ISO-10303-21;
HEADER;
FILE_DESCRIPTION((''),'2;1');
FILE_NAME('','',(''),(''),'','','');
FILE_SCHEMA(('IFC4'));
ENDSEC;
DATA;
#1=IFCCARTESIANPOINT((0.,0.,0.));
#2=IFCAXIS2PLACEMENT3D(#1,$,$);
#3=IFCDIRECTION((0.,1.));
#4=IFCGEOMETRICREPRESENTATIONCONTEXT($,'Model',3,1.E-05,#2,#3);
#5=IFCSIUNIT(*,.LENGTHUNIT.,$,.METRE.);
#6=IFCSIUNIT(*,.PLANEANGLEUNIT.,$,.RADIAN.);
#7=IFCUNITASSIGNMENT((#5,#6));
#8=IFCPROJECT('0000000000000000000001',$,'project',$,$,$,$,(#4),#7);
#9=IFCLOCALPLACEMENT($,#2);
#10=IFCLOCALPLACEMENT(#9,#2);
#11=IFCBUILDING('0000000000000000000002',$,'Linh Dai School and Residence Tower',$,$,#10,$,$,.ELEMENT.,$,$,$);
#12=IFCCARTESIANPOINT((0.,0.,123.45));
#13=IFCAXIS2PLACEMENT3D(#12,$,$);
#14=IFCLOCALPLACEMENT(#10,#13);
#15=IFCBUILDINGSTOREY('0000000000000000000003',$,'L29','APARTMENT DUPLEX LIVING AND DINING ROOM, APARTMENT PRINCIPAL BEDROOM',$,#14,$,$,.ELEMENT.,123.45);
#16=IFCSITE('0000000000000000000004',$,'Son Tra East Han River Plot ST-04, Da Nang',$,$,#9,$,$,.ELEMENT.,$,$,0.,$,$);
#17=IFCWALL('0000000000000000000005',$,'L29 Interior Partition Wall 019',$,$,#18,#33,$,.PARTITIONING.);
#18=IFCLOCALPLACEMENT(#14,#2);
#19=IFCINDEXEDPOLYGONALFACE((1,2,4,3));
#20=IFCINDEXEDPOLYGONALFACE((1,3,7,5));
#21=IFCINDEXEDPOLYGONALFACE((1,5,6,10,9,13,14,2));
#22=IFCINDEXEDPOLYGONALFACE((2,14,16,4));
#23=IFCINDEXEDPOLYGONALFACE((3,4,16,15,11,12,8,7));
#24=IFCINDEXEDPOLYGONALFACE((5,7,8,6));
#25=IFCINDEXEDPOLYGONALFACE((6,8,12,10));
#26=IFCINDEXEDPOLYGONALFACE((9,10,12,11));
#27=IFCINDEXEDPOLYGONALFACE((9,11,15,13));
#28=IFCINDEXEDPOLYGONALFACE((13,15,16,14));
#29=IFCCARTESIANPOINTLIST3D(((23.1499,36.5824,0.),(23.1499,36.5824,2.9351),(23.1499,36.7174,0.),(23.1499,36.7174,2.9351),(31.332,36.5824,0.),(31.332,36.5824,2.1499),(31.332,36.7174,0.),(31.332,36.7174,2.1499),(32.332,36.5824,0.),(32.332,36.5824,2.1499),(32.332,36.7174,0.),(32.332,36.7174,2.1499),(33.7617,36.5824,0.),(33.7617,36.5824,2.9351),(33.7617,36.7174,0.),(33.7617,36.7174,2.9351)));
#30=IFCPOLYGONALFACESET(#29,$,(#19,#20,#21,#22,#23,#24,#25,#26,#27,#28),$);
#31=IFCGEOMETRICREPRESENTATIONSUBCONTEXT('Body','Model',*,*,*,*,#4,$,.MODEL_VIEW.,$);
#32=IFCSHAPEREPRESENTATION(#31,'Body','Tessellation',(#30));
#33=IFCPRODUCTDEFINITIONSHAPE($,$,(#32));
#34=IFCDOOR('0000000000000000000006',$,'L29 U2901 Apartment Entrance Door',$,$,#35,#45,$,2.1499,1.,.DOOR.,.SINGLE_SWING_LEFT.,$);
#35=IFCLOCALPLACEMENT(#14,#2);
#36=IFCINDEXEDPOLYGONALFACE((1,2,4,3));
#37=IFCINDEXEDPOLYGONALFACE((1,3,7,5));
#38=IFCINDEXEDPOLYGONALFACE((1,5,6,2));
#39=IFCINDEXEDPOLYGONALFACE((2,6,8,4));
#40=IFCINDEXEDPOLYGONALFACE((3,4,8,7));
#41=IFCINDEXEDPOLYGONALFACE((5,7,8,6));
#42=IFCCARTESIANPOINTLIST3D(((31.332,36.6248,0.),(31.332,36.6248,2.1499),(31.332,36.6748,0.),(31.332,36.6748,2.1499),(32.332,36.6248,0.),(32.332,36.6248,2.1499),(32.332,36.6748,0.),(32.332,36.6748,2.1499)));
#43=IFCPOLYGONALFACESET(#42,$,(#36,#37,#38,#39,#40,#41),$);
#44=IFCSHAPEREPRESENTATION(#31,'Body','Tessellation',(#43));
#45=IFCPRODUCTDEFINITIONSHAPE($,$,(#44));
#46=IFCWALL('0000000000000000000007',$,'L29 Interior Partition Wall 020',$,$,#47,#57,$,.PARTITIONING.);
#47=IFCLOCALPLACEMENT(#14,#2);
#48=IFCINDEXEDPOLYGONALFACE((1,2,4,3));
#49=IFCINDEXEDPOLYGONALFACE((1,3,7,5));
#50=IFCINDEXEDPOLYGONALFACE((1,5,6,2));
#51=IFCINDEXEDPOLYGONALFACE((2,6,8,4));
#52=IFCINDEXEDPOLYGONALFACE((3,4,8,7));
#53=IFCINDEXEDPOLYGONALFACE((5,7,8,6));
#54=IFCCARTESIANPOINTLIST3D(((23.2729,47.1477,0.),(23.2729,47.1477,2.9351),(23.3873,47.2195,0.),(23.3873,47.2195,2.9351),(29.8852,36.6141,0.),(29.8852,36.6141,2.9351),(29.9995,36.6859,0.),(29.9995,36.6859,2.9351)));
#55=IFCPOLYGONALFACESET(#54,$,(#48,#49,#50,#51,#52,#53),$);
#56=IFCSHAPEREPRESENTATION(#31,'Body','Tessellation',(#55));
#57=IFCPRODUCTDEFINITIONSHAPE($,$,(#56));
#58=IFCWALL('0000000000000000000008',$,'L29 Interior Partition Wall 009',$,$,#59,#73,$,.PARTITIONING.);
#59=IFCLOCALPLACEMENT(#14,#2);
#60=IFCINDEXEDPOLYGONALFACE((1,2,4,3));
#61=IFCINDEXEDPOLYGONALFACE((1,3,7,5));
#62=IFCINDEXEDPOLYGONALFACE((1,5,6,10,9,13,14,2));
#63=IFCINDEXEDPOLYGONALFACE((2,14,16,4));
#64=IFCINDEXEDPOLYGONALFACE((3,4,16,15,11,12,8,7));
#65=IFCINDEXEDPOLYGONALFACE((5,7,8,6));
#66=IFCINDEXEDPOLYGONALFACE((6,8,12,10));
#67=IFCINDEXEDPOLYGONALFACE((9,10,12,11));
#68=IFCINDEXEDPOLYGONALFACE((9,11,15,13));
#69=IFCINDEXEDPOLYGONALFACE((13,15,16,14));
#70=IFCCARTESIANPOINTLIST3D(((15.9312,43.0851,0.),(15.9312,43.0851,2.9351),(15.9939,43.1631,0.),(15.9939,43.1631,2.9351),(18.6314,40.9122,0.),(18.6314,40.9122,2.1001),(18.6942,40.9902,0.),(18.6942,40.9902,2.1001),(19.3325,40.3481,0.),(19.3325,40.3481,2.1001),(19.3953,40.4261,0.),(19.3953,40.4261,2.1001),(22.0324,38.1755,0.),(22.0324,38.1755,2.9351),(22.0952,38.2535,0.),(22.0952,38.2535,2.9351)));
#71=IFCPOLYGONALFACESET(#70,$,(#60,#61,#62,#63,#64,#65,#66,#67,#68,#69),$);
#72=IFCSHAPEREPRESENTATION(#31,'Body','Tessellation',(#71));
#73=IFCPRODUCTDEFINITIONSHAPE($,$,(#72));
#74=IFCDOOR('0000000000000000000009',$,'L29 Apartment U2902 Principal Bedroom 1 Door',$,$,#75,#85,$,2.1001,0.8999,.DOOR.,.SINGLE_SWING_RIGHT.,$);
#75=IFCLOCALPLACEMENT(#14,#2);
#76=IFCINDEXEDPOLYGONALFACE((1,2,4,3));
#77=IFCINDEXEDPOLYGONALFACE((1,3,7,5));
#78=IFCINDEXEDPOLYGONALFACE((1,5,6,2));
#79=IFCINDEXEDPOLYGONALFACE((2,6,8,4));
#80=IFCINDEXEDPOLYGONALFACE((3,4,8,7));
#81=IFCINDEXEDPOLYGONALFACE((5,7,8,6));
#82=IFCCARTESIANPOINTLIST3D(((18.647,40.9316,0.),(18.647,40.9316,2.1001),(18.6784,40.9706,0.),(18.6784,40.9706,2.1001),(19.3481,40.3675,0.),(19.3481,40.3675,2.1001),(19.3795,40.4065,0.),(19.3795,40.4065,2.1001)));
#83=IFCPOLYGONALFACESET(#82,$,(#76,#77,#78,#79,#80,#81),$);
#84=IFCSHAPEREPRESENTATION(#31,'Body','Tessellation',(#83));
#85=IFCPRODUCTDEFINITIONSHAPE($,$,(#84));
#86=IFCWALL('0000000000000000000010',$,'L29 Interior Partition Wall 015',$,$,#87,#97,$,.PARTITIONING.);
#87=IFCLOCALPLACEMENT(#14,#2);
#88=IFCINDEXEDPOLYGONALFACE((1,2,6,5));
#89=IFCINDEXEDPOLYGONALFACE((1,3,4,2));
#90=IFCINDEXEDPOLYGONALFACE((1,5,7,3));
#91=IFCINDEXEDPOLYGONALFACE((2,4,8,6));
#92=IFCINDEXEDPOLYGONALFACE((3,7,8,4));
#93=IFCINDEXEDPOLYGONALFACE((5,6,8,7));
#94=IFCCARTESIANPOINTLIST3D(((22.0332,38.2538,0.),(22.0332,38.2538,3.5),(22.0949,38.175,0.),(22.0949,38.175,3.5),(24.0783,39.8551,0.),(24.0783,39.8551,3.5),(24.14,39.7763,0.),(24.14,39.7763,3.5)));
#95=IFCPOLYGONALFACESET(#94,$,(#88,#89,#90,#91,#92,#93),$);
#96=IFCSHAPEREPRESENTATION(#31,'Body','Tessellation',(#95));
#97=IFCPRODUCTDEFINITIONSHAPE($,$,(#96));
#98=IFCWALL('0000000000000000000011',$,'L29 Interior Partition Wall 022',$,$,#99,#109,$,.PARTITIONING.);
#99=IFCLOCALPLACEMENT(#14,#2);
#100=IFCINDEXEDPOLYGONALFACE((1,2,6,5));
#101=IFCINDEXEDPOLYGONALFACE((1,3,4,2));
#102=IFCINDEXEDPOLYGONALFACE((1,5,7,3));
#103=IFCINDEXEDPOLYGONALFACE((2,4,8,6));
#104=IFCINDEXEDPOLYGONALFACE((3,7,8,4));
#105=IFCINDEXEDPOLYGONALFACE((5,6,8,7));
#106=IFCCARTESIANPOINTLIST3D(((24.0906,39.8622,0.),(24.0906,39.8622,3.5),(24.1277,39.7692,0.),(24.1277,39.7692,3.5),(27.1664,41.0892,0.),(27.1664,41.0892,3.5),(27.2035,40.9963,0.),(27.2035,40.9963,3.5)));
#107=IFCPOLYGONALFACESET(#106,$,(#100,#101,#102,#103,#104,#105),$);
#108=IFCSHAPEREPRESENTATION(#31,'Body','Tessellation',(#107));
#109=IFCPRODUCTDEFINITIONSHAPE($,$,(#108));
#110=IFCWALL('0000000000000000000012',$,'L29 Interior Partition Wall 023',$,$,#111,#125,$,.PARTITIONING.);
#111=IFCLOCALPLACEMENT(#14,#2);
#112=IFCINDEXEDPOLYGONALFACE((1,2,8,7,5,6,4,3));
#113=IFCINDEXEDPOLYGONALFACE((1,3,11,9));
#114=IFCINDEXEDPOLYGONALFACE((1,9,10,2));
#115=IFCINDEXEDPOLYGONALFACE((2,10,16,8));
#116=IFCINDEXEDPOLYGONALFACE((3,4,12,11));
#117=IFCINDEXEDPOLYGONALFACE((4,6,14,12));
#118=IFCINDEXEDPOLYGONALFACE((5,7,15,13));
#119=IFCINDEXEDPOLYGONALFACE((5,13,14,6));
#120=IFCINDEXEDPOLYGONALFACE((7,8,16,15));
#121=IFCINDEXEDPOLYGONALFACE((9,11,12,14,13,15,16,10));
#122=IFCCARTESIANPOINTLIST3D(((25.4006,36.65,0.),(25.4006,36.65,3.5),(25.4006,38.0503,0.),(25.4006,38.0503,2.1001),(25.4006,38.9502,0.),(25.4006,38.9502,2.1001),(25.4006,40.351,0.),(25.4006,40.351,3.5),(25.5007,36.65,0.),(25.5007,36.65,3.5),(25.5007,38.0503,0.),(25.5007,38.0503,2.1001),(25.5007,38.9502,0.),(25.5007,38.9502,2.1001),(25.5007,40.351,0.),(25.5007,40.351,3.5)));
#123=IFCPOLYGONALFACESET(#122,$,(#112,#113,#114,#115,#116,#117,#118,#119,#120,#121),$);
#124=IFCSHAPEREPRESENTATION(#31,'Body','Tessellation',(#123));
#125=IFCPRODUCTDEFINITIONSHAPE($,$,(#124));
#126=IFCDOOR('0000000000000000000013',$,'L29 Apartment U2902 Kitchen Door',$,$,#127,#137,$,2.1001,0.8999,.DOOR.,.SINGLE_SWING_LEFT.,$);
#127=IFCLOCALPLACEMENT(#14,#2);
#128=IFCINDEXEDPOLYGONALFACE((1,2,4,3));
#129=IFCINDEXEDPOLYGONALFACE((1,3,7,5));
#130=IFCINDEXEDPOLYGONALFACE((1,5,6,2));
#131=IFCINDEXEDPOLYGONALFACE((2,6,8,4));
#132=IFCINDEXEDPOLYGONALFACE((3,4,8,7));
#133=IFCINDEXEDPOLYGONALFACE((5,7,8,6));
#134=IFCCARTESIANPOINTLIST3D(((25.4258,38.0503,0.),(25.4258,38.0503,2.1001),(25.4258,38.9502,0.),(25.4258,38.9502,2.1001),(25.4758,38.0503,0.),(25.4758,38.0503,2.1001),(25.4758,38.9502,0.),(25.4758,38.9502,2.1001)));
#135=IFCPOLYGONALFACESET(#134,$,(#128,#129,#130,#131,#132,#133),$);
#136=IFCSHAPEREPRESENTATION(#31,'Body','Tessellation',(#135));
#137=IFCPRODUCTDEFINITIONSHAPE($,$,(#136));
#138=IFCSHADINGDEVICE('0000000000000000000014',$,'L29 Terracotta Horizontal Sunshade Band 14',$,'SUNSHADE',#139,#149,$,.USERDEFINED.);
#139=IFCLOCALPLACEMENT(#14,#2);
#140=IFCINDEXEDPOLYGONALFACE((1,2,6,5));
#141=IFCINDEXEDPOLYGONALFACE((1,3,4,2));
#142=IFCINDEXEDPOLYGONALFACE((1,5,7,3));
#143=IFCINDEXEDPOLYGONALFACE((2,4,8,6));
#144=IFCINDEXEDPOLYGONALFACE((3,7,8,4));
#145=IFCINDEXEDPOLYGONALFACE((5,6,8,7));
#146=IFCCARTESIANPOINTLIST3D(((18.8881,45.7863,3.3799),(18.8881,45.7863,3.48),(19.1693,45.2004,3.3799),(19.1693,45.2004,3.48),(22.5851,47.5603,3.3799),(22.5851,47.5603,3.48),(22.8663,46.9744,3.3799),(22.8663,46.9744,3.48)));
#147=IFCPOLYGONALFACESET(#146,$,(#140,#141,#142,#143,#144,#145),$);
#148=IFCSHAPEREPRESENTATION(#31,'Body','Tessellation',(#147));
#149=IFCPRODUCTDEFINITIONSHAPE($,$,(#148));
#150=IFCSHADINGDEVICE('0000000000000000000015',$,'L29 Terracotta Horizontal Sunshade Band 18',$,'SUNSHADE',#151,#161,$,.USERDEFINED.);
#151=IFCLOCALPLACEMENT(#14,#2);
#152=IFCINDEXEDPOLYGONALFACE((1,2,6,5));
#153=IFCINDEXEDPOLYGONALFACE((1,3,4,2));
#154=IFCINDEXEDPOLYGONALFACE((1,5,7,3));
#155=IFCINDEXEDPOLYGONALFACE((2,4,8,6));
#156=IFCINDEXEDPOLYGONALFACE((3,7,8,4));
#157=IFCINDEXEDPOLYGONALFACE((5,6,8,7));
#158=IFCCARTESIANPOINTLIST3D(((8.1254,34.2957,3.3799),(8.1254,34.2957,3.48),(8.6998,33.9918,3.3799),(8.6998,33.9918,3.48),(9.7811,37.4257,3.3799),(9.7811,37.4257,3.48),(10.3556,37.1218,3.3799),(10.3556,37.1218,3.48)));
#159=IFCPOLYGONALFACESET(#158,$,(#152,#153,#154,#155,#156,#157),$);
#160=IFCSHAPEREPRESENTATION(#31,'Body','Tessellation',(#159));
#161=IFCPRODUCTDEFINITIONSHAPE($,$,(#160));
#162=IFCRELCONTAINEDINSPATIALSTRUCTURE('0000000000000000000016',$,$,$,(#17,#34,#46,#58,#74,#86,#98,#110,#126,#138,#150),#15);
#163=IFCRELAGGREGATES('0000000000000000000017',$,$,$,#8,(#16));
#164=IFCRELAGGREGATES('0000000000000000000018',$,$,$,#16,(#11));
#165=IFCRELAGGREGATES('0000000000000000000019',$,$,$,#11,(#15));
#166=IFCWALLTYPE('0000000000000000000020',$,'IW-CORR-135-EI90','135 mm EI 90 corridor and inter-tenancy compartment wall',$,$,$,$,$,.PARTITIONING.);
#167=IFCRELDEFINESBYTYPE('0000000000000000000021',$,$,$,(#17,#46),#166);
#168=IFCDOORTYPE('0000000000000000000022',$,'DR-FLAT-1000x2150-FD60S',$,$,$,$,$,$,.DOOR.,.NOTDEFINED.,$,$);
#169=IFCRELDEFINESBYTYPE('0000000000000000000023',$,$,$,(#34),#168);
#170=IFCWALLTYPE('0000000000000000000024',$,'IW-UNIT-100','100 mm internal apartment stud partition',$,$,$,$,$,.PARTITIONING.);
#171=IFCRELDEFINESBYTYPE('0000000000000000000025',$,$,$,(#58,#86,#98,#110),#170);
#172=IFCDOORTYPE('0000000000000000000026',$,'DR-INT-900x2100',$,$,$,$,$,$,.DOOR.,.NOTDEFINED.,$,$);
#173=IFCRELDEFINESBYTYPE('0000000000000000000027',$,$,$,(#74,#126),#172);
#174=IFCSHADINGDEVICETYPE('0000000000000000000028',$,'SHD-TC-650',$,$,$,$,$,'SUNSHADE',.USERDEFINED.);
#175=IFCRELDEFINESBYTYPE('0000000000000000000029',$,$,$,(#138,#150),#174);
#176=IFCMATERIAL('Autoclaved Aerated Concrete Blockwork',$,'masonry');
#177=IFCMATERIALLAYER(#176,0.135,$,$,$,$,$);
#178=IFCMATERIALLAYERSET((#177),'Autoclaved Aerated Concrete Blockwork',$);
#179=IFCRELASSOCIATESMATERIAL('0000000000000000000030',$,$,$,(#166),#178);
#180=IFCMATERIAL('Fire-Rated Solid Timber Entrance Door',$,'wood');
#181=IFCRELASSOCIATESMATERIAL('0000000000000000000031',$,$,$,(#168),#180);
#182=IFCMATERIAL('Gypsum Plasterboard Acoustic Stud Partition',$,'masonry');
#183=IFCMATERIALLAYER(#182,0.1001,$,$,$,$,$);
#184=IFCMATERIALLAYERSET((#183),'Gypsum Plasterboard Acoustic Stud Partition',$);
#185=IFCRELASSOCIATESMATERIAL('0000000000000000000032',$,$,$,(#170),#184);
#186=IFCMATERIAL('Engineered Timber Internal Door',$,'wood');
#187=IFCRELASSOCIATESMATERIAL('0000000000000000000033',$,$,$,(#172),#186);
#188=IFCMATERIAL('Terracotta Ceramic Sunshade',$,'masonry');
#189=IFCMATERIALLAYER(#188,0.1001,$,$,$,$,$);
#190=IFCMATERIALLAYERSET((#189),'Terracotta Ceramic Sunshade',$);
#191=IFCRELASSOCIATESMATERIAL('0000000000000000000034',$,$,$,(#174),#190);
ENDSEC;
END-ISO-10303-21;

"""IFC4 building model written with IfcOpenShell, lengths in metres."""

from ifc_helpers import new_model, si_unit, direction, frame, frame_2d, origin, origin_2d, place, context, subcontext, project, spatial, rectangle, extrude, source, transform, mapped, material, layer, layer_set, type_object, element, fill, save


model = new_model("IFC4")

# Units and contexts
model_context = context("Model", 3, precision=1e-05, world=origin(), true_north=direction((0.0, 1.0)))
body_context = subcontext(model_context, "Body", "Model", "MODEL_VIEW")
ifc_project = project(units=[si_unit("LENGTHUNIT", "METRE"), si_unit("PLANEANGLEUNIT", "RADIAN")], contexts=[model_context])

# Site, building, storey
site_placement = place(None, origin())
site = spatial("IfcSite", under=ifc_project, at=site_placement, Name="Son Tra East Han River Plot ST-04, Da Nang", CompositionType="ELEMENT", RefElevation=0.0)
building_placement = place(site_placement, origin())
building = spatial("IfcBuilding", under=site, at=building_placement, Name="Linh Dai School and Residence Tower", CompositionType="ELEMENT")
storey_placement = place(building_placement, frame((0.0, 0.0, 123.45)))
storey = spatial("IfcBuildingStorey", under=building, at=storey_placement, Name="L29", Description="APARTMENT DUPLEX LIVING AND DINING ROOM, APARTMENT PRINCIPAL BEDROOM", CompositionType="ELEMENT", Elevation=123.45)

# Shared definitions
ifc_material_1 = material(Name="Autoclaved Aerated Concrete Blockwork", Category="masonry")
ifc_layer_1 = layer(ifc_material_1, 0.135)
ifc_layer_set_1 = layer_set([ifc_layer_1], Name="Autoclaved Aerated Concrete Blockwork")
wall_type_1 = type_object("IfcWallType", Name="IW-CORR-135-EI90", Description="135 mm EI 90 corridor and inter-tenancy compartment wall", PredefinedType="PARTITIONING", material=ifc_layer_set_1)

# Wall, opening, door
wall_1_placement = place(storey_placement, frame((23.1499, 36.6499, 0.0), z_axis=(0.0, 0.0, 1.0), x_axis=(1.0, 0.0, 0.0)))
wall_1 = element("IfcWall", 1, at=wall_1_placement, inside=storey, type_object=wall_type_1, Name="L29 Interior Partition Wall 019", PredefinedType="PARTITIONING", context=body_context, shape_type="SweptSolid", body=[
    extrude(rectangle(XDim=10.6118, YDim=0.135, at=frame_2d((5.3059, 0.0))), origin(), (0.0, 0.0, 1.0), 2.9351),
])
opening_1_placement = place(wall_1_placement, frame((8.1821, 0.0, 0.0)))
opening_1 = element("IfcOpeningElement", 2, at=opening_1_placement, cuts=wall_1, PredefinedType="OPENING", context=body_context, shape_type="SweptSolid", body=[
    extrude(rectangle(XDim=1.0, YDim=2.1499, at=origin_2d()), frame((0.5, 0.0776, 1.075), z_axis=(0.0, -1.0, 0.0), x_axis=(1.0, 0.0, 0.0)), (0.0, 0.0, 1.0), 0.155),
])
ifc_material_2 = material(Name="Fire-Rated Solid Timber Entrance Door", Category="wood")
door_type_1 = type_object("IfcDoorType", Name="DR-FLAT-1000x2150-FD60S", OperationType="NOTDEFINED", PredefinedType="DOOR", material=ifc_material_2)
shared_shape_1 = source(origin(), body_context, "Body", "SweptSolid", [
    extrude(rectangle(XDim=1.0, YDim=2.1499, at=origin_2d()), frame((0.5, 0.0249, 1.075), z_axis=(0.0, -1.0, 0.0), x_axis=(1.0, 0.0, 0.0)), (0.0, 0.0, 1.0), 0.05),
])
door_1_placement = place(opening_1_placement, origin())
door_1 = element("IfcDoor", 3, at=door_1_placement, inside=storey, type_object=door_type_1, Name="L29 U2901 Apartment Entrance Door", OperationType="SINGLE_SWING_LEFT", OverallHeight=2.1499, OverallWidth=1.0, PredefinedType="DOOR", context=body_context, shape_type="MappedRepresentation", body=[
    mapped(shared_shape_1, transform((0.0, 0.0, 0.0), x_axis=(1.0, 0.0, 0.0), y_axis=(0.0, 1.0, 0.0), z_axis=(0.0, 0.0, 1.0), scale=1.0)),
])
fill(opening_1, door_1)

# Wall
wall_2_placement = place(storey_placement, frame((23.3301, 47.1836, 0.0), z_axis=(0.0, 0.0, 1.0), x_axis=(0.53166, -0.846958, 0.0)))
element("IfcWall", 4, at=wall_2_placement, inside=storey, type_object=wall_type_1, Name="L29 Interior Partition Wall 020", PredefinedType="PARTITIONING", context=body_context, shape_type="SweptSolid", body=[
    extrude(rectangle(XDim=12.437, YDim=0.135, at=frame_2d((6.2185, 0.0))), origin(), (0.0, 0.0, 1.0), 2.9351),
])

# Wall, opening, door
ifc_material_3 = material(Name="Gypsum Plasterboard Acoustic Stud Partition", Category="masonry")
ifc_layer_2 = layer(ifc_material_3, 0.1001)
ifc_layer_set_2 = layer_set([ifc_layer_2], Name="Gypsum Plasterboard Acoustic Stud Partition")
wall_type_2 = type_object("IfcWallType", Name="IW-UNIT-100", Description="100 mm internal apartment stud partition", PredefinedType="PARTITIONING", material=ifc_layer_set_2)
wall_3_placement = place(storey_placement, frame((15.9626, 43.124, 0.0), z_axis=(0.0, 0.0, 1.0), x_axis=(0.779083, -0.62692, 0.0)))
wall_3 = element("IfcWall", 5, at=wall_3_placement, inside=storey, type_object=wall_type_2, Name="L29 Interior Partition Wall 009", PredefinedType="PARTITIONING", context=body_context, shape_type="SweptSolid", body=[
    extrude(rectangle(XDim=7.8313, YDim=0.1001, at=frame_2d((3.9155, 0.0))), origin(), (0.0, 0.0, 1.0), 2.9351),
])
opening_2_placement = place(wall_3_placement, frame((3.4658, 0.0, 0.0)))
opening_2 = element("IfcOpeningElement", 6, at=opening_2_placement, cuts=wall_3, PredefinedType="OPENING", context=body_context, shape_type="SweptSolid", body=[
    extrude(rectangle(XDim=0.8999, YDim=2.1001, at=origin_2d()), frame((0.45, 0.0601, 1.05), z_axis=(0.0, -1.0, 0.0), x_axis=(1.0, 0.0, 0.0)), (0.0, 0.0, 1.0), 0.1201),
])
ifc_material_4 = material(Name="Engineered Timber Internal Door", Category="wood")
door_type_2 = type_object("IfcDoorType", Name="DR-INT-900x2100", OperationType="NOTDEFINED", PredefinedType="DOOR", material=ifc_material_4)
shared_shape_2 = source(origin(), body_context, "Body", "SweptSolid", [
    extrude(rectangle(XDim=0.8999, YDim=2.1001, at=origin_2d()), frame((0.45, 0.0249, 1.05), z_axis=(0.0, -1.0, 0.0), x_axis=(1.0, 0.0, 0.0)), (0.0, 0.0, 1.0), 0.05),
])
door_2_placement = place(opening_2_placement, origin())
door_2 = element("IfcDoor", 7, at=door_2_placement, inside=storey, type_object=door_type_2, Name="L29 Apartment U2902 Principal Bedroom 1 Door", OperationType="SINGLE_SWING_RIGHT", OverallHeight=2.1001, OverallWidth=0.8999, PredefinedType="DOOR", context=body_context, shape_type="MappedRepresentation", body=[
    mapped(shared_shape_2, transform((0.0, 0.0, 0.0), x_axis=(1.0, 0.0, 0.0), y_axis=(0.0, 1.0, 0.0), z_axis=(0.0, 0.0, 1.0), scale=1.0)),
])
fill(opening_2, door_2)

# Walls
wall_4_placement = place(storey_placement, frame((22.064, 38.2144, 0.0), z_axis=(0.0, 0.0, 1.0), x_axis=(0.787364, 0.616488, 0.0)))
element("IfcWall", 8, at=wall_4_placement, inside=storey, type_object=wall_type_2, Name="L29 Interior Partition Wall 015", PredefinedType="PARTITIONING", context=body_context, shape_type="SweptSolid", body=[
    extrude(rectangle(XDim=2.5974, YDim=0.1001, at=frame_2d((1.2988, 0.0))), origin(), (0.0, 0.0, 1.0), 3.5),
])
wall_5_placement = place(storey_placement, frame((24.1091, 39.8157, 0.0), z_axis=(0.0, 0.0, 1.0), x_axis=(0.928812, 0.370552, 0.0)))
element("IfcWall", 9, at=wall_5_placement, inside=storey, type_object=wall_type_2, Name="L29 Interior Partition Wall 022", PredefinedType="PARTITIONING", context=body_context, shape_type="SweptSolid", body=[
    extrude(rectangle(XDim=3.3115, YDim=0.1001, at=frame_2d((1.6558, 0.0))), origin(), (0.0, 0.0, 1.0), 3.5),
])

# Wall, opening, door
wall_6_placement = place(storey_placement, frame((25.4507, 36.6499, 0.0), z_axis=(0.0, 0.0, 1.0), x_axis=(0.0, 1.0, 0.0)))
wall_6 = element("IfcWall", 10, at=wall_6_placement, inside=storey, type_object=wall_type_2, Name="L29 Interior Partition Wall 023", PredefinedType="PARTITIONING", context=body_context, shape_type="SweptSolid", body=[
    extrude(rectangle(XDim=3.7009, YDim=0.1001, at=frame_2d((1.8506, 0.0))), origin(), (0.0, 0.0, 1.0), 3.5),
])
opening_3_placement = place(wall_6_placement, frame((1.4004, 0.0, 0.0)))
opening_3 = element("IfcOpeningElement", 11, at=opening_3_placement, cuts=wall_6, PredefinedType="OPENING", context=body_context, shape_type="SweptSolid", body=[
    extrude(rectangle(XDim=0.8999, YDim=2.1001, at=origin_2d()), frame((0.45, 0.0601, 1.05), z_axis=(0.0, -1.0, 0.0), x_axis=(1.0, 0.0, 0.0)), (0.0, 0.0, 1.0), 0.1201),
])
door_3_placement = place(opening_3_placement, origin())
door_3 = element("IfcDoor", 12, at=door_3_placement, inside=storey, type_object=door_type_2, Name="L29 Apartment U2902 Kitchen Door", OperationType="SINGLE_SWING_LEFT", OverallHeight=2.1001, OverallWidth=0.8999, PredefinedType="DOOR", context=body_context, shape_type="MappedRepresentation", body=[
    mapped(shared_shape_2, transform((0.0, 0.0, 0.0), x_axis=(1.0, 0.0, 0.0), y_axis=(0.0, 1.0, 0.0), z_axis=(0.0, 0.0, 1.0), scale=1.0)),
])
fill(opening_3, door_3)

# Shading devices
ifc_material_5 = material(Name="Terracotta Ceramic Sunshade", Category="masonry")
ifc_layer_3 = layer(ifc_material_5, 0.1001)
ifc_layer_set_3 = layer_set([ifc_layer_3], Name="Terracotta Ceramic Sunshade")
shading_device_type = type_object("IfcShadingDeviceType", Name="SHD-TC-650", ElementType="SUNSHADE", PredefinedType="USERDEFINED", material=ifc_layer_set_3)
shared_shape_3 = source(origin(), body_context, "Body", "SweptSolid", [
    extrude(rectangle(XDim=4.1006, YDim=0.6499, at=origin_2d()), origin(), (0.0, 0.0, 1.0), 0.1001),
])
shading_device_1_placement = place(storey_placement, frame((20.8772, 46.3804, 3.3799), z_axis=(0.0, 0.0, 1.0), x_axis=(0.901578, 0.432618, 0.0)))
element("IfcShadingDevice", 13, at=shading_device_1_placement, inside=storey, type_object=shading_device_type, Name="L29 Terracotta Horizontal Sunshade Band 14", ObjectType="SUNSHADE", PredefinedType="USERDEFINED", context=body_context, shape_type="MappedRepresentation", body=[
    mapped(shared_shape_3, transform((0.0, 0.0, 0.0), x_axis=(1.0, 0.0, 0.0), y_axis=(0.0, 1.0, 0.0), z_axis=(0.0, 0.0, 1.0), scale=1.0)),
])
shared_shape_4 = source(origin(), body_context, "Body", "SweptSolid", [
    extrude(rectangle(XDim=3.541, YDim=0.6499, at=origin_2d()), origin(), (0.0, 0.0, 1.0), 0.1001),
])
shading_device_2_placement = place(storey_placement, frame((9.2405, 35.7087, 3.3799), z_axis=(0.0, 0.0, 1.0), x_axis=(0.467596, 0.883942, 0.0)))
element("IfcShadingDevice", 14, at=shading_device_2_placement, inside=storey, type_object=shading_device_type, Name="L29 Terracotta Horizontal Sunshade Band 18", ObjectType="SUNSHADE", PredefinedType="USERDEFINED", context=body_context, shape_type="MappedRepresentation", body=[
    mapped(shared_shape_4, transform((0.0, 0.0, 0.0), x_axis=(1.0, 0.0, 0.0), y_axis=(0.0, 1.0, 0.0), z_axis=(0.0, 0.0, 1.0), scale=1.0)),
])

save(model, "model.ifc")
